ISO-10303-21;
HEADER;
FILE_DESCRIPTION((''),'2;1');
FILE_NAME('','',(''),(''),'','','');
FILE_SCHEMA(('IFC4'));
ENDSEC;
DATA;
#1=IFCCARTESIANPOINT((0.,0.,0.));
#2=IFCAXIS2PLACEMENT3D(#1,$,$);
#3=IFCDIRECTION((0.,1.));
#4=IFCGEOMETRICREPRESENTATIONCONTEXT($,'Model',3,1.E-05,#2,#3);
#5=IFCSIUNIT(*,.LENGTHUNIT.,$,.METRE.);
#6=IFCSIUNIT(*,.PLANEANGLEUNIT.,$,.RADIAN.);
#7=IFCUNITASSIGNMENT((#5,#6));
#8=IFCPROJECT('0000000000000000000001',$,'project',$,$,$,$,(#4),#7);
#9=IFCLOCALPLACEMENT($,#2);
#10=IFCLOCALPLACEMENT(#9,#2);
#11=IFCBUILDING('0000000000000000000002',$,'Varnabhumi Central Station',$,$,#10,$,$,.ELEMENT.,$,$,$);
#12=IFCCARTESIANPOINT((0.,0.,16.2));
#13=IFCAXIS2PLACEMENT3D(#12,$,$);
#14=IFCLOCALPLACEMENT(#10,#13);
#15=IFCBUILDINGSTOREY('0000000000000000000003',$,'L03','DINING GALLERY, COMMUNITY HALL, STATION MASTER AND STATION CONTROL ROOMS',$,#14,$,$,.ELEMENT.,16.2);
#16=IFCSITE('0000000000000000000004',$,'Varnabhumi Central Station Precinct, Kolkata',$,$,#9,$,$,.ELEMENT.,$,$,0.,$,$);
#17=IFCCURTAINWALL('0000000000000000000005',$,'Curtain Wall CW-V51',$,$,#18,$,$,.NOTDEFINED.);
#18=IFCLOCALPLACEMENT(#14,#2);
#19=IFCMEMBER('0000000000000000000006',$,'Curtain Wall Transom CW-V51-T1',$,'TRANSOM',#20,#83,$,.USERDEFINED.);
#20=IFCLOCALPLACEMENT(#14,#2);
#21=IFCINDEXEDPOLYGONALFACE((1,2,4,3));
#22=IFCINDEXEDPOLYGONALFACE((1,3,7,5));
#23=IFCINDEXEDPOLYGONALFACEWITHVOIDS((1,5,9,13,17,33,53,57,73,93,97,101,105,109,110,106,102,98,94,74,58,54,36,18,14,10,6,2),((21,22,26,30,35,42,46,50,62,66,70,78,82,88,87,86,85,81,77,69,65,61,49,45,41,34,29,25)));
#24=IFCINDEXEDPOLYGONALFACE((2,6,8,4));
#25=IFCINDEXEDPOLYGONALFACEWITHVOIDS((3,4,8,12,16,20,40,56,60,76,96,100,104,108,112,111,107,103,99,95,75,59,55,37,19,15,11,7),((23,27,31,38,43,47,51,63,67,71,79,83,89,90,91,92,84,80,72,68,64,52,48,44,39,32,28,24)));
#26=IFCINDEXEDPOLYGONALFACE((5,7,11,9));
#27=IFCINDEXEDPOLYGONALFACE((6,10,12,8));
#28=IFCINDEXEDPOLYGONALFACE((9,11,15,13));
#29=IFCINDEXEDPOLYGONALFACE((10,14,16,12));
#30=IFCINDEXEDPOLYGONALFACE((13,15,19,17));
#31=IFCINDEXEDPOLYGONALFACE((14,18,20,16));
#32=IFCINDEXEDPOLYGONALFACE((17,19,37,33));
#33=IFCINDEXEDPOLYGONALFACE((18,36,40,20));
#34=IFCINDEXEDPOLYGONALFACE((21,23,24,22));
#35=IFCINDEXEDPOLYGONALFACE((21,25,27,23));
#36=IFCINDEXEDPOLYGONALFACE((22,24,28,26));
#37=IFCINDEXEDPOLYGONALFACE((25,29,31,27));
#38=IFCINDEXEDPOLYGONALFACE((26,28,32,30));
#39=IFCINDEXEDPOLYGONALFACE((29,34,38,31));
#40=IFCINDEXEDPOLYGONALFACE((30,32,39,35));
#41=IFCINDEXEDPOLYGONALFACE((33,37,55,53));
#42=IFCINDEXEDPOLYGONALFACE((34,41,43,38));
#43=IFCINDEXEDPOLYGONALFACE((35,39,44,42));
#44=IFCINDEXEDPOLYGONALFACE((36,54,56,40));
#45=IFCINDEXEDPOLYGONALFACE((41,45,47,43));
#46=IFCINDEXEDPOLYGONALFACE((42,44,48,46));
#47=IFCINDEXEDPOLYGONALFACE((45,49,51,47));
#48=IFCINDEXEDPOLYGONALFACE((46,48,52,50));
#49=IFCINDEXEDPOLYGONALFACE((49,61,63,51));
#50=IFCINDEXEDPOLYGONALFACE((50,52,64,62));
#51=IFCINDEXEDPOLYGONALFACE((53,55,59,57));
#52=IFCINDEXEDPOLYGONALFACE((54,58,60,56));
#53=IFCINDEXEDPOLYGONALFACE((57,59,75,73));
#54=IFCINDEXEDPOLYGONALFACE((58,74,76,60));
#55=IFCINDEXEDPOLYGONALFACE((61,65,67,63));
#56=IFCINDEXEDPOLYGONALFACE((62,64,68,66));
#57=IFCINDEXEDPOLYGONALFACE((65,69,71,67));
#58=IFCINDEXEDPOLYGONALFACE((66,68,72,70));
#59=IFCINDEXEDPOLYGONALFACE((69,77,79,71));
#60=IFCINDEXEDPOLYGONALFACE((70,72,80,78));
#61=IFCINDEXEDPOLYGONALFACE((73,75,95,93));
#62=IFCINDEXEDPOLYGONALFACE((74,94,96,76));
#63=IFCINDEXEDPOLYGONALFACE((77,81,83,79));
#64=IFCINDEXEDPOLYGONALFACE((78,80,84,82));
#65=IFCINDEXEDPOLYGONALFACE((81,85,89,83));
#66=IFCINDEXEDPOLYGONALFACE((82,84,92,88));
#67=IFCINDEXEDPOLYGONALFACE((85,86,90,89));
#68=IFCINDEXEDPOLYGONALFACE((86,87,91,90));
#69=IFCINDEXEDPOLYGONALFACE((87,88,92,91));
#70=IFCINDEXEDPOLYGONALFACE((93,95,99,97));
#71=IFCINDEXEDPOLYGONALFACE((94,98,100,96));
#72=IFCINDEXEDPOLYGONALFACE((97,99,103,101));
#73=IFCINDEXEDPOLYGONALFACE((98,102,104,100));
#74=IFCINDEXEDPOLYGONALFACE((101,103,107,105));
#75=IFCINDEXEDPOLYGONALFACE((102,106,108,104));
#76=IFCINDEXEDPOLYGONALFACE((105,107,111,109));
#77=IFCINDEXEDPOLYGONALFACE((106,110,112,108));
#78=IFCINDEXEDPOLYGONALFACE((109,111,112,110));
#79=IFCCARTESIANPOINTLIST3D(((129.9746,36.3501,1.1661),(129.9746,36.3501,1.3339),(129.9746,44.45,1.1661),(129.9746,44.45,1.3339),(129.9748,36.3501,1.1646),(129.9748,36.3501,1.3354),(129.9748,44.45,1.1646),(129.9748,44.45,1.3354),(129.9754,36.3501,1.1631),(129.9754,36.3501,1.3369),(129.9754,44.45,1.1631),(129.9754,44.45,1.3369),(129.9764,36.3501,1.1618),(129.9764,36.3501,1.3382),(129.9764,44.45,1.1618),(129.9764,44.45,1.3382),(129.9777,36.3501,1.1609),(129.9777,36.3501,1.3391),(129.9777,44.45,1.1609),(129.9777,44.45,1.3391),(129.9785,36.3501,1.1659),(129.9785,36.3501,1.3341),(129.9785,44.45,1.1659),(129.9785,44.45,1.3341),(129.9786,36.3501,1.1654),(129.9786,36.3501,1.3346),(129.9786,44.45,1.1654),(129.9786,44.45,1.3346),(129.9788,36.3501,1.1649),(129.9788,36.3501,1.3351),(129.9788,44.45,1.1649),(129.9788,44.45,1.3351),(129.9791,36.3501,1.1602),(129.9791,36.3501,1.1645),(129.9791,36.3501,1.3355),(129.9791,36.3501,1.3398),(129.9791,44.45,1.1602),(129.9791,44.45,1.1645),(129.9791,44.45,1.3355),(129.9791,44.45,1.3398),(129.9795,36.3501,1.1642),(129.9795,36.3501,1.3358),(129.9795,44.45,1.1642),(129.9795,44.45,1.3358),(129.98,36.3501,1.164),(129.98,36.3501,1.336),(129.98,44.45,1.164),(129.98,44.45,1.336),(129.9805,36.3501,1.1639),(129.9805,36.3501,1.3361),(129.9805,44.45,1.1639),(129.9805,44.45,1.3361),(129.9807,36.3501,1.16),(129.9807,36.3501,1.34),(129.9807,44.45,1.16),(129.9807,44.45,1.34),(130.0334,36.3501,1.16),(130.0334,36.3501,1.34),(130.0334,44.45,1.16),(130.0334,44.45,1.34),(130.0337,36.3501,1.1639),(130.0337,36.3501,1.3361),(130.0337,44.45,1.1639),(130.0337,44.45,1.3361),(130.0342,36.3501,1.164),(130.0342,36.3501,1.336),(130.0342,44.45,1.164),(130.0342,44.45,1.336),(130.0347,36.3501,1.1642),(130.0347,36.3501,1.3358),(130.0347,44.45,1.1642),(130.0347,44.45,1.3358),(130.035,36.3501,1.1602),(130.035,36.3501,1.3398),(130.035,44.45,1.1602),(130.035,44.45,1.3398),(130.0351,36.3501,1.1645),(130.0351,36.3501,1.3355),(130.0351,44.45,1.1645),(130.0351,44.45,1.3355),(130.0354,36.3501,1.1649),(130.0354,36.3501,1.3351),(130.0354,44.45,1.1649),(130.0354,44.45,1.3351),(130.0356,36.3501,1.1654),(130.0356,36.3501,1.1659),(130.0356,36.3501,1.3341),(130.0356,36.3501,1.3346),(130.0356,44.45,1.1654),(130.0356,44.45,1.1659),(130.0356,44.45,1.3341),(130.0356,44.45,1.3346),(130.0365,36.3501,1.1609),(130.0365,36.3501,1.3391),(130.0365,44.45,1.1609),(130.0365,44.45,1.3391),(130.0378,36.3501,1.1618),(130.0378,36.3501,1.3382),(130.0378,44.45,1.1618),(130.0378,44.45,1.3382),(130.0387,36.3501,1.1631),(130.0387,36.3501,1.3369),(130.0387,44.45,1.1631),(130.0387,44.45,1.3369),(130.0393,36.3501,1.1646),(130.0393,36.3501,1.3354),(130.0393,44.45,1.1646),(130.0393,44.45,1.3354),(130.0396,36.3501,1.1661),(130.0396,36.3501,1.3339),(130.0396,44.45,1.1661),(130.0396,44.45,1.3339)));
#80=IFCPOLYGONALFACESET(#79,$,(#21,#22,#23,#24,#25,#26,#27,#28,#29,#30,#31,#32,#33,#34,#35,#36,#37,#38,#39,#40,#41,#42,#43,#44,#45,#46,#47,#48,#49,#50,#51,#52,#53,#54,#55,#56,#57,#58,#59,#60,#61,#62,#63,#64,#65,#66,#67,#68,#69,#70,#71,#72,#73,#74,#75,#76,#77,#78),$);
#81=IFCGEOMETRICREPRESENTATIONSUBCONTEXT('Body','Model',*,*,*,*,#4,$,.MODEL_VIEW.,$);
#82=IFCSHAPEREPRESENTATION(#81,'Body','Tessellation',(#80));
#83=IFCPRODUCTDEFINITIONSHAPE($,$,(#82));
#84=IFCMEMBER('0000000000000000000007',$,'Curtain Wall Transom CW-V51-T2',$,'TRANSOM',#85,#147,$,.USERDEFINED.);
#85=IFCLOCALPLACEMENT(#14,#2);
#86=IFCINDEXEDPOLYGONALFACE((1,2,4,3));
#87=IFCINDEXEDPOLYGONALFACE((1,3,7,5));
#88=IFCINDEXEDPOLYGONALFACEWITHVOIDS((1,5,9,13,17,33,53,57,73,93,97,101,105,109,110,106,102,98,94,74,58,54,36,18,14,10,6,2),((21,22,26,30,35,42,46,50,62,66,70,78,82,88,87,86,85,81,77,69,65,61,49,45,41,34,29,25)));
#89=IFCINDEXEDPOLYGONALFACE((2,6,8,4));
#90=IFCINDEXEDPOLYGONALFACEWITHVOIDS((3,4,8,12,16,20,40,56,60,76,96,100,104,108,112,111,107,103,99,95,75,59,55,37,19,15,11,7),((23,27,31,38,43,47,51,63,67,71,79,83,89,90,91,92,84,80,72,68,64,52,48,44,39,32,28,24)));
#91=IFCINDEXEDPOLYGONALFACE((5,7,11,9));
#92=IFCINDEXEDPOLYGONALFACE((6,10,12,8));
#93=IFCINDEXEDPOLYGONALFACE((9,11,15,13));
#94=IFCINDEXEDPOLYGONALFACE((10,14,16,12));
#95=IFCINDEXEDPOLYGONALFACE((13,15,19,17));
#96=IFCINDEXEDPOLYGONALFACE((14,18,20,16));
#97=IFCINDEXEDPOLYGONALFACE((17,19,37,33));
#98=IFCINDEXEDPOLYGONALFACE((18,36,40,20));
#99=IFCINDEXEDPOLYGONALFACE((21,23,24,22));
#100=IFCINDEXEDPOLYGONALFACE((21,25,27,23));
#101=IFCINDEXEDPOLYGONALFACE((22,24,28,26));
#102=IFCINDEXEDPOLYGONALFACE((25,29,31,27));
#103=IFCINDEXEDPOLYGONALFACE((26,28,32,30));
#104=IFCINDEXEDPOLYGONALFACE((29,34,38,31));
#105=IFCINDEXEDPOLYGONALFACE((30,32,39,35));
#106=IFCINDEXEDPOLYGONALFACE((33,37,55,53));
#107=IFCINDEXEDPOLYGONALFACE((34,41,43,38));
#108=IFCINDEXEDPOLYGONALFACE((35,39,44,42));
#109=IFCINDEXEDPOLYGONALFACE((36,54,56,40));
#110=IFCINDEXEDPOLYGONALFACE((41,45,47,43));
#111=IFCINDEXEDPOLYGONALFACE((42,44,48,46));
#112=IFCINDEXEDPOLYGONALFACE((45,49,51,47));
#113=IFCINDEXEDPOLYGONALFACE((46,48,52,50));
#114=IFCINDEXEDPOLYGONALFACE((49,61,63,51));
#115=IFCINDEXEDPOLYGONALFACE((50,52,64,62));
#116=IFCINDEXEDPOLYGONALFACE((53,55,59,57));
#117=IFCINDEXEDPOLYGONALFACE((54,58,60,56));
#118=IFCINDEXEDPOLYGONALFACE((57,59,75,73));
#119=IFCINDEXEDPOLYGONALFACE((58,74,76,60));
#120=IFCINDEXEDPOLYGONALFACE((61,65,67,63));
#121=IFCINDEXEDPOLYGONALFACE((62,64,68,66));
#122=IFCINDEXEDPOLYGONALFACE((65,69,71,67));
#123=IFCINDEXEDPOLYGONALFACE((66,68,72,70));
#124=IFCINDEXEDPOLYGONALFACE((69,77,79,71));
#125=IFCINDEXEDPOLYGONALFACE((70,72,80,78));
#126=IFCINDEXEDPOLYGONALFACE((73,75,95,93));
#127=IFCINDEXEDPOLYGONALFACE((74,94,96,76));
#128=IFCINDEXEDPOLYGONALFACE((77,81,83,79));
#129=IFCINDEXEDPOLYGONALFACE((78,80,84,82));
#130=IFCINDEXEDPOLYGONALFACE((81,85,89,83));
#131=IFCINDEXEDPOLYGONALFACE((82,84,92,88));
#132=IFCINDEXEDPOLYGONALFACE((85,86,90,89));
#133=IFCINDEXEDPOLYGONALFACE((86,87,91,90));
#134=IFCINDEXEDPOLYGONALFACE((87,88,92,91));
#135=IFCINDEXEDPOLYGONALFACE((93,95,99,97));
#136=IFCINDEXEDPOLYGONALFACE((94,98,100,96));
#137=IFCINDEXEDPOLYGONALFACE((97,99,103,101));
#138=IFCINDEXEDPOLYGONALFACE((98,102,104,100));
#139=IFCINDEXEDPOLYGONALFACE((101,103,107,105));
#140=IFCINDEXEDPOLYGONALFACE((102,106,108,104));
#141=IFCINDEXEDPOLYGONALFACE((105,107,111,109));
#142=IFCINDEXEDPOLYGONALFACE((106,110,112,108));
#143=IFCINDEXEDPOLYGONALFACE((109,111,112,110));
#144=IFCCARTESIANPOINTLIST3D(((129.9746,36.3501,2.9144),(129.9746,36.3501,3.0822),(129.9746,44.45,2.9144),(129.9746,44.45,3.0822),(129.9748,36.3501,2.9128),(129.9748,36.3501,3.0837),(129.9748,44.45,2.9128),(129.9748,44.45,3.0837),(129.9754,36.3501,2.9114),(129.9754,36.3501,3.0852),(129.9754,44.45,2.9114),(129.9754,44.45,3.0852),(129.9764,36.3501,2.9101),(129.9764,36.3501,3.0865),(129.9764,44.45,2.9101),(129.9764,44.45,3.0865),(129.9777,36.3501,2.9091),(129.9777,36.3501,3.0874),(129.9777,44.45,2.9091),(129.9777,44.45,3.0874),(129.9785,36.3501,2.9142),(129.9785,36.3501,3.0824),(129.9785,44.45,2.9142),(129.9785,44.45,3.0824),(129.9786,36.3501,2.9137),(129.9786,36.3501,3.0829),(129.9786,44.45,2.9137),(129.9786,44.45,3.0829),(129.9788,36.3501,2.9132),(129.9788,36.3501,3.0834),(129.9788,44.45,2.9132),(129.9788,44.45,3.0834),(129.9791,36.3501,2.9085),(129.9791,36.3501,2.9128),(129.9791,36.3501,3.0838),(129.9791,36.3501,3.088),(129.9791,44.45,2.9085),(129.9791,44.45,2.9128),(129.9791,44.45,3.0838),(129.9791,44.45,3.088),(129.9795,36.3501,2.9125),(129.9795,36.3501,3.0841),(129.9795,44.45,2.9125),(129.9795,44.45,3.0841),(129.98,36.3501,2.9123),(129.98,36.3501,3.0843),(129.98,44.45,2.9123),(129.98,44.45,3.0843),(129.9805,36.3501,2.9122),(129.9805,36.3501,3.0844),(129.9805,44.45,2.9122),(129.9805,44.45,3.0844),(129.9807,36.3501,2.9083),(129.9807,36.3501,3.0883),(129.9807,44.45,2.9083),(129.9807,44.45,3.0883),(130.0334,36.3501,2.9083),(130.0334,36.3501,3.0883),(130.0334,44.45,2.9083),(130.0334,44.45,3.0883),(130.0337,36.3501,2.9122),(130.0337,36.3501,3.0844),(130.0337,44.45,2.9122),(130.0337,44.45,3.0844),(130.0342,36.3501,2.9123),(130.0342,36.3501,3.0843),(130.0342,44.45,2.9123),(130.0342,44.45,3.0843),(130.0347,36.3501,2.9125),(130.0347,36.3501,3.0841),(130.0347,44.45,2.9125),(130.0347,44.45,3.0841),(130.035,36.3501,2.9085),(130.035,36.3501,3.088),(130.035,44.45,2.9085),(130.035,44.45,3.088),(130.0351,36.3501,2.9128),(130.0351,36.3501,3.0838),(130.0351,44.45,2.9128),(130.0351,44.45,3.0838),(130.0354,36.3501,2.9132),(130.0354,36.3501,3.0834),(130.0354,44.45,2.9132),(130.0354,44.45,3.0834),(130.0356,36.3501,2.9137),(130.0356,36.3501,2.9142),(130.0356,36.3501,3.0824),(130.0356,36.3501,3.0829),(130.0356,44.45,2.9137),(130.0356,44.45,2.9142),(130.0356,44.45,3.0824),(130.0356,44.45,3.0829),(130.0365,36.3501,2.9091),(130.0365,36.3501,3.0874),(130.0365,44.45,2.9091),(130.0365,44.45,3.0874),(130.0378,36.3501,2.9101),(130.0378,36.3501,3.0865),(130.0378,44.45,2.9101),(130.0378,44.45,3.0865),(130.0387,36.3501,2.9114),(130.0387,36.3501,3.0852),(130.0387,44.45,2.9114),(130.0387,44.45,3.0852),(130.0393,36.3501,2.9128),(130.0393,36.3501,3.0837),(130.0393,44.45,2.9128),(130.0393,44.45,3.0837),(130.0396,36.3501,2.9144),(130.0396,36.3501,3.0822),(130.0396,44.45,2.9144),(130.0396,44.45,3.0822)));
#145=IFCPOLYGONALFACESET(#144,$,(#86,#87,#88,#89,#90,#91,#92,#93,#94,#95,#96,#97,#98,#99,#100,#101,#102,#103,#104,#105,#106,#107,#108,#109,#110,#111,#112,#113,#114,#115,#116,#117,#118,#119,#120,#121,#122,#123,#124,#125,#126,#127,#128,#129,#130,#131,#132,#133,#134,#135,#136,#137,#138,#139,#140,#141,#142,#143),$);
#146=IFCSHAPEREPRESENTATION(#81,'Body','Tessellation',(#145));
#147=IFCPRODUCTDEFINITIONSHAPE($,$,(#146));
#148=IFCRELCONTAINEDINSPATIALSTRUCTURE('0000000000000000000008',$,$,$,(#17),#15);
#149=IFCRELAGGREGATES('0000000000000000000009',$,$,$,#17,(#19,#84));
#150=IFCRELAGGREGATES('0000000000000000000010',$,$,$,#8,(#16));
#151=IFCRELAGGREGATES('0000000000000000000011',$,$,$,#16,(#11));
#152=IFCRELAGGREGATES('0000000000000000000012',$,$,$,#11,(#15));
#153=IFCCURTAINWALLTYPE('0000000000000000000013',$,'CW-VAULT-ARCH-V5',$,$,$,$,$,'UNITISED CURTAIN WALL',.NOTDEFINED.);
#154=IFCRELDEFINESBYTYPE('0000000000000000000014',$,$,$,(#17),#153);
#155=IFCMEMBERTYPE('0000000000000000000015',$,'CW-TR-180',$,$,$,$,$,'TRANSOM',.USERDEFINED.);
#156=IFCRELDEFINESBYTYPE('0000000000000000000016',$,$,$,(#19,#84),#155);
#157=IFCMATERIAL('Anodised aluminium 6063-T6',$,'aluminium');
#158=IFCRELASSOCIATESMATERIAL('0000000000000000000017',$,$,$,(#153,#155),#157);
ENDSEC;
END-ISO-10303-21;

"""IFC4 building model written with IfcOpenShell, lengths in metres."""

from ifc_helpers import new_model, si_unit, direction, frame, origin, origin_2d, place, context, subcontext, project, spatial, hollow_rectangle, extrude, material, material_profile, profile_set, type_object, element, aggregate, save


model = new_model("IFC4")

# Units and contexts
model_context = context("Model", 3, precision=1e-05, world=origin(), true_north=direction((0.0, 1.0)))
body_context = subcontext(model_context, "Body", "Model", "MODEL_VIEW")
ifc_project = project(units=[si_unit("LENGTHUNIT", "METRE"), si_unit("PLANEANGLEUNIT", "RADIAN")], contexts=[model_context])

# Site, building, storey
site_placement = place(None, origin())
site = spatial("IfcSite", under=ifc_project, at=site_placement, Name="Varnabhumi Central Station Precinct, Kolkata", CompositionType="ELEMENT", RefElevation=0.0)
building_placement = place(site_placement, origin())
building = spatial("IfcBuilding", under=site, at=building_placement, Name="Varnabhumi Central Station", CompositionType="ELEMENT")
storey_placement = place(building_placement, frame((0.0, 0.0, 16.2)))
storey = spatial("IfcBuildingStorey", under=building, at=storey_placement, Name="L03", Description="DINING GALLERY, COMMUNITY HALL, STATION MASTER AND STATION CONTROL ROOMS", CompositionType="ELEMENT", Elevation=16.2)

# Shared definitions
ifc_material_1 = material(Name="Anodised aluminium 6063-T6", Category="aluminium")

# Curtain wall
curtain_wall_type_1 = type_object("IfcCurtainWallType", Name="CW-VAULT-ARCH-V5", ElementType="UNITISED CURTAIN WALL", PredefinedType="NOTDEFINED", material=ifc_material_1)
curtain_wall_1_placement = place(storey_placement, origin())
curtain_wall_1 = element("IfcCurtainWall", 1, at=curtain_wall_1_placement, inside=storey, type_object=curtain_wall_type_1, Name="Curtain Wall CW-V51", PredefinedType="NOTDEFINED")

# Members
ifc_material_profile_1 = material_profile(ifc_material_1, hollow_rectangle(XDim=0.0649, YDim=0.1799, WallThickness=0.0039, InnerFilletRadius=0.002, OuterFilletRadius=0.0061, at=origin_2d()), Name="Anodised aluminium 6063-T6", Category="aluminium")
ifc_profile_set_1 = profile_set([ifc_material_profile_1], Name="Anodised aluminium 6063-T6")
member_type_1 = type_object("IfcMemberType", Name="CW-TR-180", ElementType="TRANSOM", PredefinedType="USERDEFINED", material=ifc_profile_set_1)
member_1_placement = place(storey_placement, frame((130.0071, 36.3501, 1.25), z_axis=(0.0, 1.0, 0.0), x_axis=(-1.0, 0.0, 0.0)))
member_1 = element("IfcMember", 2, at=member_1_placement, type_object=member_type_1, Name="Curtain Wall Transom CW-V51-T1", ObjectType="TRANSOM", PredefinedType="USERDEFINED", context=body_context, shape_type="SweptSolid", body=[
    extrude(hollow_rectangle(XDim=0.0649, YDim=0.1799, WallThickness=0.0039, InnerFilletRadius=0.002, OuterFilletRadius=0.0061, at=origin_2d()), origin(), (0.0, 0.0, 1.0), 8.0999),
])
member_2_placement = place(storey_placement, frame((130.0071, 36.3501, 2.9983), z_axis=(0.0, 1.0, 0.0), x_axis=(-1.0, 0.0, 0.0)))
member_2 = element("IfcMember", 3, at=member_2_placement, type_object=member_type_1, Name="Curtain Wall Transom CW-V51-T2", ObjectType="TRANSOM", PredefinedType="USERDEFINED", context=body_context, shape_type="SweptSolid", body=[
    extrude(hollow_rectangle(XDim=0.0649, YDim=0.1799, WallThickness=0.0039, InnerFilletRadius=0.002, OuterFilletRadius=0.0061, at=origin_2d()), origin(), (0.0, 0.0, 1.0), 8.0999),
])

aggregate(curtain_wall_1, [member_1, member_2])

save(model, "model.ifc")
